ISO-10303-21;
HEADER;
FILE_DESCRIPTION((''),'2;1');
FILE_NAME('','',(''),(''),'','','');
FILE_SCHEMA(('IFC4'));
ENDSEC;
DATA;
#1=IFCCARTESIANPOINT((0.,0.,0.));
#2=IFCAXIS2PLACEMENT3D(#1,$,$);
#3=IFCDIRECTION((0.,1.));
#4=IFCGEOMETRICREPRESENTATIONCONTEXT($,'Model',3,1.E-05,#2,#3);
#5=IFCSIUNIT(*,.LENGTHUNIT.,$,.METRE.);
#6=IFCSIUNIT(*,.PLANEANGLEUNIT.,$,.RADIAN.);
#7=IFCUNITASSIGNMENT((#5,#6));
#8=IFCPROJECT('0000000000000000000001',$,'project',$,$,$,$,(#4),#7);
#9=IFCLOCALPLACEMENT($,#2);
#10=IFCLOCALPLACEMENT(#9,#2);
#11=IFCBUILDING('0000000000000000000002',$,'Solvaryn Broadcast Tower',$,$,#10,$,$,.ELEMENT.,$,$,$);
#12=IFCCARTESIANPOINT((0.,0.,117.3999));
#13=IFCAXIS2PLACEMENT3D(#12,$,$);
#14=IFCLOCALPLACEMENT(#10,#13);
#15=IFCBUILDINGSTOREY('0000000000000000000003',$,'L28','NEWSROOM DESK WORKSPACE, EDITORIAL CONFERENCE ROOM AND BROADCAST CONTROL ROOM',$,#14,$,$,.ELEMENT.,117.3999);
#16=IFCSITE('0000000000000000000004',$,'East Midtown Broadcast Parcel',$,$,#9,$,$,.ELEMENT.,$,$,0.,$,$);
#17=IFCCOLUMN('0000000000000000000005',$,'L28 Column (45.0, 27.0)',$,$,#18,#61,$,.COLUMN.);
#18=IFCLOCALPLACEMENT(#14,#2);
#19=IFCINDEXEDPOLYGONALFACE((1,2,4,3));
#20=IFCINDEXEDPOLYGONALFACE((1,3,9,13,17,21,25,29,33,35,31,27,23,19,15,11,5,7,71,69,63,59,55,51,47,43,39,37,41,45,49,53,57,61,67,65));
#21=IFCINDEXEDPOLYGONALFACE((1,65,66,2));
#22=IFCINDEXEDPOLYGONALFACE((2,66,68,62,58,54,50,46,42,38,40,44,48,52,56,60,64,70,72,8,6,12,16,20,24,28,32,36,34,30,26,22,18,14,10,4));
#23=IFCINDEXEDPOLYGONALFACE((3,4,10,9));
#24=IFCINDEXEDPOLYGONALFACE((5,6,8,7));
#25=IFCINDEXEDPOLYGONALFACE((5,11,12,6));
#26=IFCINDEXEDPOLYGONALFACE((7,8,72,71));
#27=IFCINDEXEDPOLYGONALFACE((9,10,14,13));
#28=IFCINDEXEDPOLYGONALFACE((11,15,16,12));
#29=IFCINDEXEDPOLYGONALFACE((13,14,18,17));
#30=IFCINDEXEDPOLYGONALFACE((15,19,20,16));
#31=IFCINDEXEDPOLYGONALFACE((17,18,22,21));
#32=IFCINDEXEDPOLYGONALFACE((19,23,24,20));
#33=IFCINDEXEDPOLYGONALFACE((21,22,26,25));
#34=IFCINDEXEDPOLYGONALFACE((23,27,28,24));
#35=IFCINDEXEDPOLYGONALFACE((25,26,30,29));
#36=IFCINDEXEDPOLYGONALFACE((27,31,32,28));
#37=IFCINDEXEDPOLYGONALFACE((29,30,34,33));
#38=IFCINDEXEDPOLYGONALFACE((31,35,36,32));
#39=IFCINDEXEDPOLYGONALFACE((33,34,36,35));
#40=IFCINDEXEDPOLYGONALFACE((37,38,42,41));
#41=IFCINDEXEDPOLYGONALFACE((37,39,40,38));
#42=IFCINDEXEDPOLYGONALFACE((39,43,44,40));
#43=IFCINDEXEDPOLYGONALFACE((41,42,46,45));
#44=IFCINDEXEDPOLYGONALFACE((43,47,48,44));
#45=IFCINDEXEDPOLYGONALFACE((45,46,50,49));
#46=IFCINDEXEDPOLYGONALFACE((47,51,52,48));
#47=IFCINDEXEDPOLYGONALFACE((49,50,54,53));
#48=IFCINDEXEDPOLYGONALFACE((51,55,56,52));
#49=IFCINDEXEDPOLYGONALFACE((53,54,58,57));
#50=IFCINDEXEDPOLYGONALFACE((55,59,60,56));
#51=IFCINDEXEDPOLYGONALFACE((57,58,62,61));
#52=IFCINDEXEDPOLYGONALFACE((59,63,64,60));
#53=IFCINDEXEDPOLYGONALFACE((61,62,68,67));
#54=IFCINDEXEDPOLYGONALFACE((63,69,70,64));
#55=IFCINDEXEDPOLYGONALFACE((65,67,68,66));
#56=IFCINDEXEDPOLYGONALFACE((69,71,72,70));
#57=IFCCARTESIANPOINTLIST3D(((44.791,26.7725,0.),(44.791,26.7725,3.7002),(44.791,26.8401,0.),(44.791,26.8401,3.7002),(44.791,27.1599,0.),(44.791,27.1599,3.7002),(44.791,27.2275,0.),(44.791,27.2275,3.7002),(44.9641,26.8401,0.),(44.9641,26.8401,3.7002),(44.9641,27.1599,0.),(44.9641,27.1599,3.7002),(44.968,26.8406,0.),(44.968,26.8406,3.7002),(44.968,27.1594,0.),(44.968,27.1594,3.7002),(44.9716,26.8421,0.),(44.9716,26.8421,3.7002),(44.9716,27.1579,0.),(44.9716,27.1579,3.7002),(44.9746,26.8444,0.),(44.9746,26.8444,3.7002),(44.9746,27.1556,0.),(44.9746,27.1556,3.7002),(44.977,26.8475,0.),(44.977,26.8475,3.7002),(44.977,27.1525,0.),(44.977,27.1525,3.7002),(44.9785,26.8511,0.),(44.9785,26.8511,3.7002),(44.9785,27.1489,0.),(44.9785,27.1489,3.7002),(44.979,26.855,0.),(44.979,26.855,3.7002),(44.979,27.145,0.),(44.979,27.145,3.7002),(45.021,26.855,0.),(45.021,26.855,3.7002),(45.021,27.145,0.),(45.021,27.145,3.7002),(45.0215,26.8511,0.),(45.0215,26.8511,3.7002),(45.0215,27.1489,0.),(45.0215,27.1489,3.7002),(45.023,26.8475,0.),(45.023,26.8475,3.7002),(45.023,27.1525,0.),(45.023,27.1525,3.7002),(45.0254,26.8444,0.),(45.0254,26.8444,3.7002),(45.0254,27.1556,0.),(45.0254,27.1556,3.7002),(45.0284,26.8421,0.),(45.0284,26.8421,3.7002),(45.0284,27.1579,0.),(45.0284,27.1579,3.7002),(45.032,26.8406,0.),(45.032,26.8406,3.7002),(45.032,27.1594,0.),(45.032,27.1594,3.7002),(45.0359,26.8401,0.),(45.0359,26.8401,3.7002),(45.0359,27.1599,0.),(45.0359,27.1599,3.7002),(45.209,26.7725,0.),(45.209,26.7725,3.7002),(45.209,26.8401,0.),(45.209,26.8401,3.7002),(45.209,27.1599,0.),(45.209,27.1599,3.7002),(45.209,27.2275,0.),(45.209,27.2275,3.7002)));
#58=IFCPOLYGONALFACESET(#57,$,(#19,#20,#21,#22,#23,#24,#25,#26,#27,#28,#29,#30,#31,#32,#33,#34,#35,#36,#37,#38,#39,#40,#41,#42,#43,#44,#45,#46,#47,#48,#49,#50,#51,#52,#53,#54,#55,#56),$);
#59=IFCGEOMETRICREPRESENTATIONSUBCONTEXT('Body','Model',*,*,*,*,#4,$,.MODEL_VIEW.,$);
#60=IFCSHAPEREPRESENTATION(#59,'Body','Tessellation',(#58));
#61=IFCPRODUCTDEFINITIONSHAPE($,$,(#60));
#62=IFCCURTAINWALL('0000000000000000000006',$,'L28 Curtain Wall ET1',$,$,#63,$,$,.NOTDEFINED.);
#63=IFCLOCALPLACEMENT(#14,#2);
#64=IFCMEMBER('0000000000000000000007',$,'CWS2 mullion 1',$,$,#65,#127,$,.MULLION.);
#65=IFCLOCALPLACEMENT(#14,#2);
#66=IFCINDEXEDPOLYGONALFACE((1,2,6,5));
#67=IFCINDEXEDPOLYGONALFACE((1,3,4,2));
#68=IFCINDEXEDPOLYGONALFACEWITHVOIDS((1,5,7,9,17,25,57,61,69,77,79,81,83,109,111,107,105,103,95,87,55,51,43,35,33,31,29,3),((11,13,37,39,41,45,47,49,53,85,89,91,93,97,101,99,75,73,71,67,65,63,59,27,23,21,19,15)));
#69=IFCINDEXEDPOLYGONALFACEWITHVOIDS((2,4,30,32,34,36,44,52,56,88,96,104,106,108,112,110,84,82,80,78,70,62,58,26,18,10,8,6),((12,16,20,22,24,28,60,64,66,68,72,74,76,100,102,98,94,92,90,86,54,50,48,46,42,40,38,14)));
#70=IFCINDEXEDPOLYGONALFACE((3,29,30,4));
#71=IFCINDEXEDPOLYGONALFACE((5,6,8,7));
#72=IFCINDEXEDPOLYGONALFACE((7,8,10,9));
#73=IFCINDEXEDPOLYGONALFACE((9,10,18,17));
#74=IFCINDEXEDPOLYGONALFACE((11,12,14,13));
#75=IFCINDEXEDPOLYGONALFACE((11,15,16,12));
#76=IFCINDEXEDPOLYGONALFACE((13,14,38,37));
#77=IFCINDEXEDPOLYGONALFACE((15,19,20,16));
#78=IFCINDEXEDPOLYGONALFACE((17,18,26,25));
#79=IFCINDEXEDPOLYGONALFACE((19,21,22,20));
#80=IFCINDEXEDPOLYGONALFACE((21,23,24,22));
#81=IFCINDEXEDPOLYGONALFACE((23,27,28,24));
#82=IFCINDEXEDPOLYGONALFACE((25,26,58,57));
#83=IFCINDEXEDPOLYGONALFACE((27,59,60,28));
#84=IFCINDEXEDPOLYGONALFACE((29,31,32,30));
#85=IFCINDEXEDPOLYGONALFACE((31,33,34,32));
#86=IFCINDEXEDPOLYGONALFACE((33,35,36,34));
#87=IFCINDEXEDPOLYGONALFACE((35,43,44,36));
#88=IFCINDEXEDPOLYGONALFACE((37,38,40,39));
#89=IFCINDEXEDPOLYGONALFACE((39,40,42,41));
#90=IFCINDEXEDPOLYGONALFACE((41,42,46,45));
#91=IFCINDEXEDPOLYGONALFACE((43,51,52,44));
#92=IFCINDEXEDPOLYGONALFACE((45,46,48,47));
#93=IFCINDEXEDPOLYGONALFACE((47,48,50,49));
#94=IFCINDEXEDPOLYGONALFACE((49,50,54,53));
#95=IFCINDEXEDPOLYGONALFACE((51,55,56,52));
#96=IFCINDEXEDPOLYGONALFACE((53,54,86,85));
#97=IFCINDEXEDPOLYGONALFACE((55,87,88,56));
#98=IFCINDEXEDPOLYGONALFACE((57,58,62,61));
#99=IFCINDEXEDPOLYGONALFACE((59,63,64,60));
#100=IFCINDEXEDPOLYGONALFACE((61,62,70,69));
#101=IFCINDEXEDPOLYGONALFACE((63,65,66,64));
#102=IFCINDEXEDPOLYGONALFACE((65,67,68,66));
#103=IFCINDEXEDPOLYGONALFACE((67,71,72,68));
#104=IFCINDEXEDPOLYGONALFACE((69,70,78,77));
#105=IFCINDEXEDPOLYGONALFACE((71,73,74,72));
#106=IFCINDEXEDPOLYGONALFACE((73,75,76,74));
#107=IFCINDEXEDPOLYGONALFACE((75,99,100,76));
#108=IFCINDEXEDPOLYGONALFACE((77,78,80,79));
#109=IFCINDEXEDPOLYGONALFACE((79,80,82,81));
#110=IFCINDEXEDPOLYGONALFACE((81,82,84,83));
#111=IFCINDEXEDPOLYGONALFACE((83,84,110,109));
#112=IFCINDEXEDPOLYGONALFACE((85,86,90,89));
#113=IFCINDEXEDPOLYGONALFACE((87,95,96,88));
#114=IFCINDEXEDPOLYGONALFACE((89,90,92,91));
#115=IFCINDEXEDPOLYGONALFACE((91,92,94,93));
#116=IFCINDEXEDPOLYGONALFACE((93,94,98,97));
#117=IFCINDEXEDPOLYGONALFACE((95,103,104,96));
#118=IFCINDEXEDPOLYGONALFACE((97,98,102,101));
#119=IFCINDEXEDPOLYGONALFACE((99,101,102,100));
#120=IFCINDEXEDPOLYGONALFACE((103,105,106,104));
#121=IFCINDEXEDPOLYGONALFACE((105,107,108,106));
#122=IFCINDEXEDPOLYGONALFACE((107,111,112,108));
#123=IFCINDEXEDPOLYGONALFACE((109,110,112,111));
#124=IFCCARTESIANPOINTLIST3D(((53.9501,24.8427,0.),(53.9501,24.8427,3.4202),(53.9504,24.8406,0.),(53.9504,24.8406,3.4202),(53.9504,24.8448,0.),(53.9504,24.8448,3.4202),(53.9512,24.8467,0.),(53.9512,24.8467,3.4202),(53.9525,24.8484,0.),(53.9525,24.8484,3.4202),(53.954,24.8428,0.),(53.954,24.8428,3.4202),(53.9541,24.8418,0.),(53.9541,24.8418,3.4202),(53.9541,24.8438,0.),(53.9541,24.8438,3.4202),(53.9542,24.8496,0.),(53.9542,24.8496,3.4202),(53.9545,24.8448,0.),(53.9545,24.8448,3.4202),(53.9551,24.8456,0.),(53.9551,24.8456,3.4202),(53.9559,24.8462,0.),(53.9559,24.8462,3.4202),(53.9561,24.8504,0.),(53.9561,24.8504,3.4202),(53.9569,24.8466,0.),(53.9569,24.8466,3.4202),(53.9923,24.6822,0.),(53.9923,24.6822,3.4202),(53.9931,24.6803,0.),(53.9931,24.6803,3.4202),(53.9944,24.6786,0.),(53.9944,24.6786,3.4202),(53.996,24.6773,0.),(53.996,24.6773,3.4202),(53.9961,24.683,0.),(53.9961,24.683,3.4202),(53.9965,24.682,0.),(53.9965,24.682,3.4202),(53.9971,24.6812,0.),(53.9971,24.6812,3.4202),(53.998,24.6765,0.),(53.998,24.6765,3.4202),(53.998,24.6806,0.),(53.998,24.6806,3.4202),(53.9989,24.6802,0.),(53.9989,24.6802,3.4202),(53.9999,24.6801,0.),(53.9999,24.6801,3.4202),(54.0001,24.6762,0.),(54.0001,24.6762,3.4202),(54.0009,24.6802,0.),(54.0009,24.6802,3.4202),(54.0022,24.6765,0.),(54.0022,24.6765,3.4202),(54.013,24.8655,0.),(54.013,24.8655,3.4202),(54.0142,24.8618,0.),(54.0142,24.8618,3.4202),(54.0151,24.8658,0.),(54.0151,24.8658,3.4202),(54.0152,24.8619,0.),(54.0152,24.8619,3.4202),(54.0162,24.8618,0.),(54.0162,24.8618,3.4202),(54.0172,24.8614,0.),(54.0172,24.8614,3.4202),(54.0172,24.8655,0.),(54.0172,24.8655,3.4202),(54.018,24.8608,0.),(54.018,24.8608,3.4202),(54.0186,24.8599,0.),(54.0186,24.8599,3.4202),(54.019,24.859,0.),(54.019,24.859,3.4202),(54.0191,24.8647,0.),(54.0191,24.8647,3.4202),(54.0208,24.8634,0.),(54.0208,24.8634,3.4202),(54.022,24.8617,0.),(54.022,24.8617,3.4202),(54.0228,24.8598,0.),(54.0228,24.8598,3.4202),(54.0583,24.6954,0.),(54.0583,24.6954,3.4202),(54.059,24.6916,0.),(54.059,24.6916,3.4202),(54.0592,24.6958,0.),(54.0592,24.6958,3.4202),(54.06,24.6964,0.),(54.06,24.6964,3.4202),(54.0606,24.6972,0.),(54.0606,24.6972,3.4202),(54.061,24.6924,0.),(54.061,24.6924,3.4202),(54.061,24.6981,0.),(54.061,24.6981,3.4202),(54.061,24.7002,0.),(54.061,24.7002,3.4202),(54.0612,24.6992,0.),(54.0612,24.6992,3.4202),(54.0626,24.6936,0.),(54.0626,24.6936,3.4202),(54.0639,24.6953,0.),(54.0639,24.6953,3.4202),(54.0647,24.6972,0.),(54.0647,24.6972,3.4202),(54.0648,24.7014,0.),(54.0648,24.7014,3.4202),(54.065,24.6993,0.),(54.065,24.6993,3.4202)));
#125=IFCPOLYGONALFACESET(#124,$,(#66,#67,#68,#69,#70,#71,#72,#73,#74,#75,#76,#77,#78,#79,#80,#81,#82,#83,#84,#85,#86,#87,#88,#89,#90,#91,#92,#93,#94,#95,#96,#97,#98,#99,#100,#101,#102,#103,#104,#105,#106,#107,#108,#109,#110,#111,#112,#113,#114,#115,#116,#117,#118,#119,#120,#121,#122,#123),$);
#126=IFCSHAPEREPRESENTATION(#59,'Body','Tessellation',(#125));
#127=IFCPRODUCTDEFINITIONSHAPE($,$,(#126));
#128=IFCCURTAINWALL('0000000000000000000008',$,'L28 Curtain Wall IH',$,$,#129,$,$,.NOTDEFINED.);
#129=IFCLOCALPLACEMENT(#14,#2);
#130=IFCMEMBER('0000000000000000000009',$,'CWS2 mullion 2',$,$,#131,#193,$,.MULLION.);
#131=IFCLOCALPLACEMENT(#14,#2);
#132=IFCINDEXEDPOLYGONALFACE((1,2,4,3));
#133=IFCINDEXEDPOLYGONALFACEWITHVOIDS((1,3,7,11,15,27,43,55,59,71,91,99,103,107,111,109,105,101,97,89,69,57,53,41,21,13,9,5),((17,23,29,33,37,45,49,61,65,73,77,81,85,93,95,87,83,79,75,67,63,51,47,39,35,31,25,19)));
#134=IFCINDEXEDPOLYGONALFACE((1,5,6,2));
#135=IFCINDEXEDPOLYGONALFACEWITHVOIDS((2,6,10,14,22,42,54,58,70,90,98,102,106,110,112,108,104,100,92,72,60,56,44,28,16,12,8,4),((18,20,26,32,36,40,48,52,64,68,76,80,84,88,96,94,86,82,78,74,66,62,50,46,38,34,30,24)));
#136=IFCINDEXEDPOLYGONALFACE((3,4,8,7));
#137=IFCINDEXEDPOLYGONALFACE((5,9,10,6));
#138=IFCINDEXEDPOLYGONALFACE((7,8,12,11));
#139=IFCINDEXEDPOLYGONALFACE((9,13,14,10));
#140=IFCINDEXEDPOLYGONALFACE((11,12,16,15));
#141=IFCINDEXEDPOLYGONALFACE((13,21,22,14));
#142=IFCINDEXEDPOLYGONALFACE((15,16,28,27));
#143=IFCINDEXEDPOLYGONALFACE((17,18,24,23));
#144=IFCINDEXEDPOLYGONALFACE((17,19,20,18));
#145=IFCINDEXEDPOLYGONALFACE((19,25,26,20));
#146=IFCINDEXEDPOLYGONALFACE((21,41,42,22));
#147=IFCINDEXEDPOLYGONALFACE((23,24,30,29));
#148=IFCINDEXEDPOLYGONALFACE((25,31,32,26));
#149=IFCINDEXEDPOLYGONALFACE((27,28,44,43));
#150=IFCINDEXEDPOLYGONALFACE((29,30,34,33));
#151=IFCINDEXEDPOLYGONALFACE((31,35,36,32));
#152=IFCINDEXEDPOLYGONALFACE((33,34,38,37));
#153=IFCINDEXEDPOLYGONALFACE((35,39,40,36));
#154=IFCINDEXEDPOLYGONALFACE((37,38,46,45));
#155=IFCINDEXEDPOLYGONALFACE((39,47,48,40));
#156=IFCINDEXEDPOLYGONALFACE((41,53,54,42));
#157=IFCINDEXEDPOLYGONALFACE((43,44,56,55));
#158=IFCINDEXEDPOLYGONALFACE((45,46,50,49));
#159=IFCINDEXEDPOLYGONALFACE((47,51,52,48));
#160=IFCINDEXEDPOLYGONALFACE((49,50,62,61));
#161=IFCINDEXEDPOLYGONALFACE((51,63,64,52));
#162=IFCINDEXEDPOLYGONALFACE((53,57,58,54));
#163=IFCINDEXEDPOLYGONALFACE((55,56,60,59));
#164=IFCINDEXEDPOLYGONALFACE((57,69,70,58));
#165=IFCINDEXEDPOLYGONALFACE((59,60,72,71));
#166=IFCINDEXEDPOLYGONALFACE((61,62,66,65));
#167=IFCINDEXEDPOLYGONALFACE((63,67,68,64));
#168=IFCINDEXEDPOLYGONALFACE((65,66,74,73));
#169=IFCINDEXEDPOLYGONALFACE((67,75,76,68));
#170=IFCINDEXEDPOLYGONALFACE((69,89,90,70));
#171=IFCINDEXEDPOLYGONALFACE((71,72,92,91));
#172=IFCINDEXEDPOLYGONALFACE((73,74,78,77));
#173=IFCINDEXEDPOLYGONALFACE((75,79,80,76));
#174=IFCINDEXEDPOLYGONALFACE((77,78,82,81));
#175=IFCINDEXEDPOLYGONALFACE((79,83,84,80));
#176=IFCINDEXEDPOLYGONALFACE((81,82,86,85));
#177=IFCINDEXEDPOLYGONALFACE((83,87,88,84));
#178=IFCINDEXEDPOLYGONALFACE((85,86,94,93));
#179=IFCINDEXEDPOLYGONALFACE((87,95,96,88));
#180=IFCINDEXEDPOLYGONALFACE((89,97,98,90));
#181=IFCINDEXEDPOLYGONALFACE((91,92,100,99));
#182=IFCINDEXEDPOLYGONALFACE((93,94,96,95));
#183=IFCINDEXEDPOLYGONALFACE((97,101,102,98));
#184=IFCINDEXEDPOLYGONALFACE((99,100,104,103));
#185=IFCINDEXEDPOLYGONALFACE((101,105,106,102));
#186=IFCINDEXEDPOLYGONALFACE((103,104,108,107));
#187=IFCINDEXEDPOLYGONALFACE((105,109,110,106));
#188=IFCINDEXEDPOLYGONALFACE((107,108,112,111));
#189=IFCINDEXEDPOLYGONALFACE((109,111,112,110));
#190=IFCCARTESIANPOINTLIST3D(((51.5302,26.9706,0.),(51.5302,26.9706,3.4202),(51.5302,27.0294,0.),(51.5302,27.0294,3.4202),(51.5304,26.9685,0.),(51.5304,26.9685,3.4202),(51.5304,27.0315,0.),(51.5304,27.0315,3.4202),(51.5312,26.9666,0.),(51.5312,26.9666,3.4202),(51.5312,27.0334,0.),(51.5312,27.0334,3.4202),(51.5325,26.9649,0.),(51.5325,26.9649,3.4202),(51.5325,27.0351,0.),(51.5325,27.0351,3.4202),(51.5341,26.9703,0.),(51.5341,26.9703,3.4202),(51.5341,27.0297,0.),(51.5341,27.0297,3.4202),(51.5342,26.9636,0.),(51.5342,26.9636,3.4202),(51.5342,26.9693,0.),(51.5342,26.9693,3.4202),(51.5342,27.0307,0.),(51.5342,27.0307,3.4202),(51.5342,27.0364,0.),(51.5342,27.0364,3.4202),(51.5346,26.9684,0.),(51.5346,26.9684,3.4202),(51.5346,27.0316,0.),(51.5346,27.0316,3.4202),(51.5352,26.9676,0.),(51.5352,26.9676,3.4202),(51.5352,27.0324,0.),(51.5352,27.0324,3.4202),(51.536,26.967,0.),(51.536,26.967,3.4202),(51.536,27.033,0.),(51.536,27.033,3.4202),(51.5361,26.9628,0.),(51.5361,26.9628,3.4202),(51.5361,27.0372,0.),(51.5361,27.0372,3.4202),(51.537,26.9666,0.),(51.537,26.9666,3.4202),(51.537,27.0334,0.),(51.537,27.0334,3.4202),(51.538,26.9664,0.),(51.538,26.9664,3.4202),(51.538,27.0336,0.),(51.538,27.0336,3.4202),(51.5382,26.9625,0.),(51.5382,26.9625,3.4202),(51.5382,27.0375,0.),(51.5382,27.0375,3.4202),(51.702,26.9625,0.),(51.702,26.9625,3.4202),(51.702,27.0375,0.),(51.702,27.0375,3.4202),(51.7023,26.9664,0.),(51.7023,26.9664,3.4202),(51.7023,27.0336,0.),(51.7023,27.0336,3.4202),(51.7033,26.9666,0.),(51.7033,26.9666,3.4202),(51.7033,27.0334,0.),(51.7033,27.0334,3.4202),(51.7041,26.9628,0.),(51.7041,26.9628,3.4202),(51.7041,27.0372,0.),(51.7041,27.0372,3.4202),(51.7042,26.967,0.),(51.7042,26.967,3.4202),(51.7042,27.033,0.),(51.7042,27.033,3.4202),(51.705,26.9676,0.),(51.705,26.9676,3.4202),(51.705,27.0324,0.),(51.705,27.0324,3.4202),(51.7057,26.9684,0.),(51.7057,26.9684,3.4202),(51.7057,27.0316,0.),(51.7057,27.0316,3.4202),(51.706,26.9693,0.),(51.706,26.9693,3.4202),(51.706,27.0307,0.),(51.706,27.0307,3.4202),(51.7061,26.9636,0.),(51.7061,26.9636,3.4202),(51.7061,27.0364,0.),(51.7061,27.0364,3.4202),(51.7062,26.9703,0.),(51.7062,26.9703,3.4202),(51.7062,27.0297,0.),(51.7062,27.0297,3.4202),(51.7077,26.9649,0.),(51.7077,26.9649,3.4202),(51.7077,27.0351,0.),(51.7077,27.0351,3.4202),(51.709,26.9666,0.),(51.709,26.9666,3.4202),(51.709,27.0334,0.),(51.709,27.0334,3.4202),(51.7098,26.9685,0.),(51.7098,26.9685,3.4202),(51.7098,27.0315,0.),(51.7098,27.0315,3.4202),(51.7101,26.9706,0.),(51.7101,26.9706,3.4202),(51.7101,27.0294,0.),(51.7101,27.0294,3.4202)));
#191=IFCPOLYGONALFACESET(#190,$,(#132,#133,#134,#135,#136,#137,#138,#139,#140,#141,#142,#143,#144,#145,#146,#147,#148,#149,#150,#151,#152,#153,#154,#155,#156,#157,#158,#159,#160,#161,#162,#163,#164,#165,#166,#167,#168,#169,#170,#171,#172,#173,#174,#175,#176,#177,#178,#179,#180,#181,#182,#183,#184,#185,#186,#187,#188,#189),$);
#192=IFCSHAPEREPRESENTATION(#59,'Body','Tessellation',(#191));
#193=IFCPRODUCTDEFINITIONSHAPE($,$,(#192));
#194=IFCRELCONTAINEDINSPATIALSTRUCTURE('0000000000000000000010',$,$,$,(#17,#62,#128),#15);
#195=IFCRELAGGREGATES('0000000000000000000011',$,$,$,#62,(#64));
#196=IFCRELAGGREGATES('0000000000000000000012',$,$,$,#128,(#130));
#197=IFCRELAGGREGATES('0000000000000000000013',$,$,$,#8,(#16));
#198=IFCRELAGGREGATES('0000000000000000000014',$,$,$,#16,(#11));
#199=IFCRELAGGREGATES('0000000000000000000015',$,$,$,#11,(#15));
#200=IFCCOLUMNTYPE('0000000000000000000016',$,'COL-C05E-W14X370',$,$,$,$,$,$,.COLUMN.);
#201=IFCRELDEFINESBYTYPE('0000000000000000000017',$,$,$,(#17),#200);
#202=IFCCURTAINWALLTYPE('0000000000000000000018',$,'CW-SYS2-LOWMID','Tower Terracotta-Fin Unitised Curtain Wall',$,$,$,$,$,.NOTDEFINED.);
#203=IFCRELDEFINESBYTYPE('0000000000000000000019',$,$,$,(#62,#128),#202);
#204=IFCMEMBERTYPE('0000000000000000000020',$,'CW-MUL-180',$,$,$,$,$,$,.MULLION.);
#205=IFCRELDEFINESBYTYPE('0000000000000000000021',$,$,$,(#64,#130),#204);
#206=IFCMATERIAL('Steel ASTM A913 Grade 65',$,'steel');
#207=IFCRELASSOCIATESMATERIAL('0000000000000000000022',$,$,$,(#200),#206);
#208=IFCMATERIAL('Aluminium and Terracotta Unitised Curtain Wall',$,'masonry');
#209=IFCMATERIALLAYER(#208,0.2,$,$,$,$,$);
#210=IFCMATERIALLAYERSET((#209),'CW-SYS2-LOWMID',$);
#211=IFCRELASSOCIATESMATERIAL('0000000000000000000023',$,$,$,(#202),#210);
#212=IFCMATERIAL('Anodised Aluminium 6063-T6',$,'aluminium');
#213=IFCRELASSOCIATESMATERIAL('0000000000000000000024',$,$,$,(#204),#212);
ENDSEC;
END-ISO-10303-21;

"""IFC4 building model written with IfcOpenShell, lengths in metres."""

from ifc_helpers import new_model, si_unit, direction, frame, origin, origin_2d, place, context, subcontext, project, spatial, hollow_rectangle, i_section, extrude, material, layer, layer_set, material_profile, profile_set, type_object, element, aggregate, save


model = new_model("IFC4")

# Units and contexts
model_context = context("Model", 3, precision=1e-05, world=origin(), true_north=direction((0.0, 1.0)))
body_context = subcontext(model_context, "Body", "Model", "MODEL_VIEW")
ifc_project = project(units=[si_unit("LENGTHUNIT", "METRE"), si_unit("PLANEANGLEUNIT", "RADIAN")], contexts=[model_context])

# Site, building, storey
site_placement = place(None, origin())
site = spatial("IfcSite", under=ifc_project, at=site_placement, Name="East Midtown Broadcast Parcel", CompositionType="ELEMENT", RefElevation=0.0)
building_placement = place(site_placement, origin())
building = spatial("IfcBuilding", under=site, at=building_placement, Name="Solvaryn Broadcast Tower", CompositionType="ELEMENT")
storey_placement = place(building_placement, frame((0.0, 0.0, 117.3999)))
storey = spatial("IfcBuildingStorey", under=building, at=storey_placement, Name="L28", Description="NEWSROOM DESK WORKSPACE, EDITORIAL CONFERENCE ROOM AND BROADCAST CONTROL ROOM", CompositionType="ELEMENT", Elevation=117.3999)

# Column
ifc_material_1 = material(Name="Steel ASTM A913 Grade 65", Category="steel")
ifc_material_profile_1 = material_profile(ifc_material_1, i_section(OverallWidth=0.418, OverallDepth=0.4551, WebThickness=0.042, FlangeThickness=0.0676, FilletRadius=0.0149, at=origin_2d()))
ifc_profile_set_1 = profile_set([ifc_material_profile_1], Name="Steel ASTM A913 Grade 65")
column_type = type_object("IfcColumnType", Name="COL-C05E-W14X370", PredefinedType="COLUMN", material=ifc_profile_set_1)
column_placement = place(storey_placement, frame((45.0, 27.0, 0.0), z_axis=(0.0, 0.0, 1.0), x_axis=(1.0, 0.0, 0.0)))
element("IfcColumn", 1, at=column_placement, inside=storey, type_object=column_type, Name="L28 Column (45.0, 27.0)", PredefinedType="COLUMN", context=body_context, shape_type="SweptSolid", body=[
    extrude(i_section(OverallWidth=0.418, OverallDepth=0.4551, WebThickness=0.042, FlangeThickness=0.0676, FilletRadius=0.0149, at=origin_2d()), origin(), (0.0, 0.0, 1.0), 3.7002),
])

# Curtain walls, members
ifc_material_2 = material(Name="Aluminium and Terracotta Unitised Curtain Wall", Category="masonry")
ifc_layer_1 = layer(ifc_material_2, 0.2)
ifc_layer_set_1 = layer_set([ifc_layer_1], Name="CW-SYS2-LOWMID")
curtain_wall_type = type_object("IfcCurtainWallType", Name="CW-SYS2-LOWMID", Description="Tower Terracotta-Fin Unitised Curtain Wall", PredefinedType="NOTDEFINED", material=ifc_layer_set_1)
curtain_wall_1_placement = place(storey_placement, origin())
curtain_wall_1 = element("IfcCurtainWall", 2, at=curtain_wall_1_placement, inside=storey, type_object=curtain_wall_type, Name="L28 Curtain Wall ET1", PredefinedType="NOTDEFINED")
ifc_material_3 = material(Name="Anodised Aluminium 6063-T6", Category="aluminium")
ifc_material_profile_2 = material_profile(ifc_material_3, hollow_rectangle(XDim=0.075, YDim=0.1799, WallThickness=0.0039, InnerFilletRadius=0.0039, OuterFilletRadius=0.0081, at=origin_2d()))
ifc_profile_set_2 = profile_set([ifc_material_profile_2], Name="Anodised Aluminium 6063-T6")
member_type_1 = type_object("IfcMemberType", Name="CW-MUL-180", PredefinedType="MULLION", material=ifc_profile_set_2)
member_1_placement = place(storey_placement, frame((54.0076, 24.771, 0.0), z_axis=(0.0, 0.0, 1.0), x_axis=(0.966705, 0.255893, 0.0)))
member_1 = element("IfcMember", 3, at=member_1_placement, type_object=member_type_1, Name="CWS2 mullion 1", PredefinedType="MULLION", context=body_context, shape_type="SweptSolid", body=[
    extrude(hollow_rectangle(XDim=0.075, YDim=0.1799, WallThickness=0.0039, InnerFilletRadius=0.0039, OuterFilletRadius=0.0081, at=origin_2d()), origin(), (0.0, 0.0, 1.0), 3.4202),
])
curtain_wall_2_placement = place(storey_placement, origin())
curtain_wall_2 = element("IfcCurtainWall", 4, at=curtain_wall_2_placement, inside=storey, type_object=curtain_wall_type, Name="L28 Curtain Wall IH", PredefinedType="NOTDEFINED")
member_2_placement = place(storey_placement, frame((51.6201, 27.0, 0.0), z_axis=(0.0, 0.0, 1.0), x_axis=(0.0, 1.0, 0.0)))
member_2 = element("IfcMember", 5, at=member_2_placement, type_object=member_type_1, Name="CWS2 mullion 2", PredefinedType="MULLION", context=body_context, shape_type="SweptSolid", body=[
    extrude(hollow_rectangle(XDim=0.075, YDim=0.1799, WallThickness=0.0039, InnerFilletRadius=0.0039, OuterFilletRadius=0.0081, at=origin_2d()), origin(), (0.0, 0.0, 1.0), 3.4202),
])

aggregate(curtain_wall_1, [member_1])
aggregate(curtain_wall_2, [member_2])

save(model, "model.ifc")
